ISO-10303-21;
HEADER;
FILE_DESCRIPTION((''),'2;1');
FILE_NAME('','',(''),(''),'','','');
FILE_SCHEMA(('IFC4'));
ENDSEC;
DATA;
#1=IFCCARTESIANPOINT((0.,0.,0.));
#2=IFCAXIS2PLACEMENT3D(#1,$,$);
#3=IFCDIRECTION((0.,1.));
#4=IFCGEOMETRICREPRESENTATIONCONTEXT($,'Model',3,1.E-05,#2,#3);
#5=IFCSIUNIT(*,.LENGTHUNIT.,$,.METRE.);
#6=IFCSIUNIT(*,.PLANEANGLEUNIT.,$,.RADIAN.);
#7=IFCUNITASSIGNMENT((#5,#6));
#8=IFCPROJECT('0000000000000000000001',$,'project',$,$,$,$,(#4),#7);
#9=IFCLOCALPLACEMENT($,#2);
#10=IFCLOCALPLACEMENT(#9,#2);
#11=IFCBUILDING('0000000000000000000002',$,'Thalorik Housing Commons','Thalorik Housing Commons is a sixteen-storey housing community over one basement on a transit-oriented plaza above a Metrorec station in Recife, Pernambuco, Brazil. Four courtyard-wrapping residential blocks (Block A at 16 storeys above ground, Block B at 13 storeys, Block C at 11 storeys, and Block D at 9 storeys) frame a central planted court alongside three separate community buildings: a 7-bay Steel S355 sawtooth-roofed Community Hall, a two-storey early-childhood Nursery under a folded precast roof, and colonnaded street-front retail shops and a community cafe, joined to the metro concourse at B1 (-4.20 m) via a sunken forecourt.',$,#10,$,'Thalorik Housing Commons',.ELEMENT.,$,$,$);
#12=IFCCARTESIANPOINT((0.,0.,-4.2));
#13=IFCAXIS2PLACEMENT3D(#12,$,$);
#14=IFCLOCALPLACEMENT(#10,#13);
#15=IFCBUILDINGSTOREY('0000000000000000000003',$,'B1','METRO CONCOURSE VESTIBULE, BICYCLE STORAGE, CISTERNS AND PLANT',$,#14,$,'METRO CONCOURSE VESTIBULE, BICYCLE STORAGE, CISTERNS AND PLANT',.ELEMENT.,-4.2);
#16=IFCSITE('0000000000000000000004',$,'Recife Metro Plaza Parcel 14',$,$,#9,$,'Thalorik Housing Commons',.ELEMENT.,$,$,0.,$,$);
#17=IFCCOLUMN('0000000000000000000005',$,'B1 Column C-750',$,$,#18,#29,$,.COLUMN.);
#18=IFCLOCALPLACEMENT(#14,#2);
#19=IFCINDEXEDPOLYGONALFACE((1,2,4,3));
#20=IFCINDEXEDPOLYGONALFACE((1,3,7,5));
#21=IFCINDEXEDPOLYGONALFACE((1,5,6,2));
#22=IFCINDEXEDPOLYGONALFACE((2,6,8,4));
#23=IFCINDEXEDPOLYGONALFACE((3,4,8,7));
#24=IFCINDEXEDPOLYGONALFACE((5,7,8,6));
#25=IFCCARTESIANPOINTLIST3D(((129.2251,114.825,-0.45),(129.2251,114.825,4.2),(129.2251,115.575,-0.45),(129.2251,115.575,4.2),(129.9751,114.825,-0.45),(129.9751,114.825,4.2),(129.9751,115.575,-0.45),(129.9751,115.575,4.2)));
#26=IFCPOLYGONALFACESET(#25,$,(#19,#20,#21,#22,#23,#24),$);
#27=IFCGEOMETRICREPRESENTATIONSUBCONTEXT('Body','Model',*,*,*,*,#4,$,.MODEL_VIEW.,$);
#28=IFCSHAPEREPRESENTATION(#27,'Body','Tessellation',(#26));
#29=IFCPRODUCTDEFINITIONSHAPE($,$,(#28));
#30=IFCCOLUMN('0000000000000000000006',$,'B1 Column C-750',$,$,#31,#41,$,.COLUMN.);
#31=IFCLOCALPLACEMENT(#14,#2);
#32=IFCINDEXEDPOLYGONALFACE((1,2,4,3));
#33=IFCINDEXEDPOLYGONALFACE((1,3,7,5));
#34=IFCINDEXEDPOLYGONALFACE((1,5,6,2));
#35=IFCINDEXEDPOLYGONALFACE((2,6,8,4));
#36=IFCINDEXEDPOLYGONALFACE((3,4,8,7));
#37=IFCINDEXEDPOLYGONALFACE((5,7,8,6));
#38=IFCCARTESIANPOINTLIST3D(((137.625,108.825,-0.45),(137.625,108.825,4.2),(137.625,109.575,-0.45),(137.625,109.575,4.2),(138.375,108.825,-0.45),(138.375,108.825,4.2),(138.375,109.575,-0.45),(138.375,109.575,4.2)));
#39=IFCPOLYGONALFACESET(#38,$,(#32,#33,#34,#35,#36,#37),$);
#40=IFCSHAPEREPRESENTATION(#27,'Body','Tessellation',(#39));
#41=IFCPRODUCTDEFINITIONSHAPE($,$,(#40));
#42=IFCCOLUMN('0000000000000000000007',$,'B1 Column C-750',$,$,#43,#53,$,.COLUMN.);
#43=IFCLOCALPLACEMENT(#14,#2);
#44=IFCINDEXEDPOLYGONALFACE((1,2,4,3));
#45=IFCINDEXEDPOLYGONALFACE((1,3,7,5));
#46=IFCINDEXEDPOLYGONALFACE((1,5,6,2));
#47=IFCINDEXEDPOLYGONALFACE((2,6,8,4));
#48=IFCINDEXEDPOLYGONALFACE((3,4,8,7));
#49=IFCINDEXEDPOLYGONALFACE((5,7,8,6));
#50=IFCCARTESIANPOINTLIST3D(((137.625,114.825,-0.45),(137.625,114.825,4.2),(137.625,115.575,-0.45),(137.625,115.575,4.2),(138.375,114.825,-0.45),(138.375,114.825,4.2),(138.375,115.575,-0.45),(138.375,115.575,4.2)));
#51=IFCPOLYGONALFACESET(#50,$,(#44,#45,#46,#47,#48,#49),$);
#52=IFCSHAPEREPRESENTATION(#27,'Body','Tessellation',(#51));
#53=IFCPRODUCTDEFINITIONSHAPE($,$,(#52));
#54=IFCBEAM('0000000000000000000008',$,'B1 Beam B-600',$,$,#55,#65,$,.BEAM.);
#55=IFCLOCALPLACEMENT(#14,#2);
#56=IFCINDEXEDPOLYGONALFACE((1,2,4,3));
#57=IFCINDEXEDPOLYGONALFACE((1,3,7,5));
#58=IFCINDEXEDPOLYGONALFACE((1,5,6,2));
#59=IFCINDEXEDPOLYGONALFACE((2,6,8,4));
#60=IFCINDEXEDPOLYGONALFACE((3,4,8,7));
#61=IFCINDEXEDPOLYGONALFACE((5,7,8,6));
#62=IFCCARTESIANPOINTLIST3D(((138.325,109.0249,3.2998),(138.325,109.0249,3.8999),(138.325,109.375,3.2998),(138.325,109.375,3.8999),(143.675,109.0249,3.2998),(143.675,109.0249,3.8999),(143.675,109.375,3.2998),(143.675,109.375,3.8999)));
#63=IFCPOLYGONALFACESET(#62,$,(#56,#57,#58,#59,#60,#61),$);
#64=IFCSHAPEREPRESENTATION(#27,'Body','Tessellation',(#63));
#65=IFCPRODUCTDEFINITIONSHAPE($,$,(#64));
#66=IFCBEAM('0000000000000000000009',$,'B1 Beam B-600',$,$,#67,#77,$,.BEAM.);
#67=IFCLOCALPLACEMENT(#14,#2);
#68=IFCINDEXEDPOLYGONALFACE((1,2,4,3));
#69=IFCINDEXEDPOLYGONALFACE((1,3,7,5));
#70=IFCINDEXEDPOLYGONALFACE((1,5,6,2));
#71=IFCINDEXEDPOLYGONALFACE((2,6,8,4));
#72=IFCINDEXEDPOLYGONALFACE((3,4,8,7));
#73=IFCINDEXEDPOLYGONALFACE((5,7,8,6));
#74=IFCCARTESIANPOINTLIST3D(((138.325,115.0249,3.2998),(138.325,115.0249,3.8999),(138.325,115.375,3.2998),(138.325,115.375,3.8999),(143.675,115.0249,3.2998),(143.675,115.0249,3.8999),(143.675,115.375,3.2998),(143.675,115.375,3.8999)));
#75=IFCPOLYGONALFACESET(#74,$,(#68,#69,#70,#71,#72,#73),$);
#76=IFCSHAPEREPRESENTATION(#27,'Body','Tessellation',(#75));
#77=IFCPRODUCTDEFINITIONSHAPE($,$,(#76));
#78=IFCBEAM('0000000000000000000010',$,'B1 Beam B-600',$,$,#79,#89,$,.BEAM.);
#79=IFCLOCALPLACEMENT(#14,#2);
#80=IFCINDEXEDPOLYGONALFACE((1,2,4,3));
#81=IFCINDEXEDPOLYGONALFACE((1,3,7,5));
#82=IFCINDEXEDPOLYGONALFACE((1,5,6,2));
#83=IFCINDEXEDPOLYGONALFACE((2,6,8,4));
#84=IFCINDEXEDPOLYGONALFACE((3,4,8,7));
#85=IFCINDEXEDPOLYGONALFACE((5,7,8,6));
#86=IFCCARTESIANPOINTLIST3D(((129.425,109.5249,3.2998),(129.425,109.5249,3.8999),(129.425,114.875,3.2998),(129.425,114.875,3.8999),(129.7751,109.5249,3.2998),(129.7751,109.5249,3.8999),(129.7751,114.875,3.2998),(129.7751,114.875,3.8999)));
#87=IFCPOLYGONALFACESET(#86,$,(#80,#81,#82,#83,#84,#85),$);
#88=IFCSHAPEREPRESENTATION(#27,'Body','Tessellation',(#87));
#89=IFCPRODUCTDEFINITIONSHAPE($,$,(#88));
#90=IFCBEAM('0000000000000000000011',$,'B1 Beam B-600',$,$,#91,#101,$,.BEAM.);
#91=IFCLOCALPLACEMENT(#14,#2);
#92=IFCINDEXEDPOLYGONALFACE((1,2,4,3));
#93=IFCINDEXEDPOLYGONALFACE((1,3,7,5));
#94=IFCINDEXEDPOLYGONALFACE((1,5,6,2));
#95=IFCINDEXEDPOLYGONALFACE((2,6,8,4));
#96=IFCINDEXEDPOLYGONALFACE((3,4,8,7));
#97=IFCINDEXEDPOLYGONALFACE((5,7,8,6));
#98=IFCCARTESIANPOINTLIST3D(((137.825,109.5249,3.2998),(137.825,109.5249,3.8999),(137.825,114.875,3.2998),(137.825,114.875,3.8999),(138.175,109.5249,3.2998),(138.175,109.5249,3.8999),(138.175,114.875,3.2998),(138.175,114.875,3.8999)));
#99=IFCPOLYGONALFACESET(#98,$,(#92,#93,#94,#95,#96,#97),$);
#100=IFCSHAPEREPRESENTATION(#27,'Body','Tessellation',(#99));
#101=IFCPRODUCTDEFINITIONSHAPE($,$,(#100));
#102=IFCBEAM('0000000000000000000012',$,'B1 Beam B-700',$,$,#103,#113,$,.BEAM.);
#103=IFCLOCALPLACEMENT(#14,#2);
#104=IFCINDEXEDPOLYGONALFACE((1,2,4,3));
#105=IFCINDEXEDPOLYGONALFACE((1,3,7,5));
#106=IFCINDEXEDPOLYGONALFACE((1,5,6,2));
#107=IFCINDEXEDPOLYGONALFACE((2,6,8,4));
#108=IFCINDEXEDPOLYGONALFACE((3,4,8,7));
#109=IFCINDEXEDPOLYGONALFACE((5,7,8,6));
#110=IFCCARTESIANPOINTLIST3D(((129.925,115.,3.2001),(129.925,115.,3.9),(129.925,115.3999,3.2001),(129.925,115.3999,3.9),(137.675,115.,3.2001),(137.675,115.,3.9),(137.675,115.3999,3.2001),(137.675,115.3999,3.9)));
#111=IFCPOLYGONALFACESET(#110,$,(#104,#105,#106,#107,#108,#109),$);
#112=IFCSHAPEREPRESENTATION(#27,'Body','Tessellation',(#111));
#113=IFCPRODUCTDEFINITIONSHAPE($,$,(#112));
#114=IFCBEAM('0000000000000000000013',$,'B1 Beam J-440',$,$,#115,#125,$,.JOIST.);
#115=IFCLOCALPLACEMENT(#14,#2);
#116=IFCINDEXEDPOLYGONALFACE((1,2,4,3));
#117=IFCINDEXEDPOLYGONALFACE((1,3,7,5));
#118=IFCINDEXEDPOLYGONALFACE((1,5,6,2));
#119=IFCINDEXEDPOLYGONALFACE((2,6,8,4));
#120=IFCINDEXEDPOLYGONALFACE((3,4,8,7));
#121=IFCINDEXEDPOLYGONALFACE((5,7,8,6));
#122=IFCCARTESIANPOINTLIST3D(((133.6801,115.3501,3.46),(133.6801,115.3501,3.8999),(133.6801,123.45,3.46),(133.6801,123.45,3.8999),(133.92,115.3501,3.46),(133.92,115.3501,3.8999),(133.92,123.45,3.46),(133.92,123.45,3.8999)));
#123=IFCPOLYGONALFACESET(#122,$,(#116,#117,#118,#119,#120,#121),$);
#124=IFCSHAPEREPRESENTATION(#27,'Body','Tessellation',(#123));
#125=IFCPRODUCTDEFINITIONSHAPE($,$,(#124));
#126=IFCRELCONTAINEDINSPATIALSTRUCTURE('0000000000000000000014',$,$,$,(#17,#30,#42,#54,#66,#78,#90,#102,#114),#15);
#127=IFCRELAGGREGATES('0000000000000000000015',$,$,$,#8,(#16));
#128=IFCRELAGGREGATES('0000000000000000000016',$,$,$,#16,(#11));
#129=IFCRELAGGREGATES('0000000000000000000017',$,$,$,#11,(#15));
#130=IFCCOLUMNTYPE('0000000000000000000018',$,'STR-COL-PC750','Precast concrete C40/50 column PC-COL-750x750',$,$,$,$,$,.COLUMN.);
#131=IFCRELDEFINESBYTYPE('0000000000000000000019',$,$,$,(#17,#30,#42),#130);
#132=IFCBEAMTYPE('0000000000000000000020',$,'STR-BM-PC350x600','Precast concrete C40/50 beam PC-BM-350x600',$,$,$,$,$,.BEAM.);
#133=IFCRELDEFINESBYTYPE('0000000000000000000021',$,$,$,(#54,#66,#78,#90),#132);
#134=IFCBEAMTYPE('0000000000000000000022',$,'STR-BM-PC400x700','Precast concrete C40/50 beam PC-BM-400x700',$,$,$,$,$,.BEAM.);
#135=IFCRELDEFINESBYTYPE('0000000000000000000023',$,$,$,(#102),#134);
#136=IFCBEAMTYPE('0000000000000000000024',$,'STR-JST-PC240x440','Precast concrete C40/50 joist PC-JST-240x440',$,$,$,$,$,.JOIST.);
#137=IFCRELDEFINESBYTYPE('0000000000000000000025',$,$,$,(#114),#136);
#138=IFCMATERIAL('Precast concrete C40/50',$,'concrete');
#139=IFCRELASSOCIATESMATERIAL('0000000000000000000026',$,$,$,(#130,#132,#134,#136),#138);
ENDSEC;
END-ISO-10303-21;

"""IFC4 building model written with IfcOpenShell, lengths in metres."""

from ifc_helpers import new_model, si_unit, direction, frame, origin, origin_2d, place, context, subcontext, project, spatial, rectangle, extrude, material, material_profile, profile_set, type_object, element, save


model = new_model("IFC4")

# Units and contexts
model_context = context("Model", 3, precision=1e-05, world=origin(), true_north=direction((0.0, 1.0)))
body_context = subcontext(model_context, "Body", "Model", "MODEL_VIEW")
ifc_project = project(units=[si_unit("LENGTHUNIT", "METRE"), si_unit("PLANEANGLEUNIT", "RADIAN")], contexts=[model_context])

# Site, building, storey
site_placement = place(None, origin())
site = spatial("IfcSite", under=ifc_project, at=site_placement, Name="Recife Metro Plaza Parcel 14", LongName="Thalorik Housing Commons", CompositionType="ELEMENT", RefElevation=0.0)
building_placement = place(site_placement, origin())
building = spatial("IfcBuilding", under=site, at=building_placement, Name="Thalorik Housing Commons", Description="Thalorik Housing Commons is a sixteen-storey housing community over one basement on a transit-oriented plaza above a Metrorec station in Recife, Pernambuco, Brazil. Four courtyard-wrapping residential blocks (Block A at 16 storeys above ground, Block B at 13 storeys, Block C at 11 storeys, and Block D at 9 storeys) frame a central planted court alongside three separate community buildings: a 7-bay Steel S355 sawtooth-roofed Community Hall, a two-storey early-childhood Nursery under a folded precast roof, and colonnaded street-front retail shops and a community cafe, joined to the metro concourse at B1 (-4.20 m) via a sunken forecourt.", LongName="Thalorik Housing Commons", CompositionType="ELEMENT")
storey_placement = place(building_placement, frame((0.0, 0.0, -4.2)))
storey = spatial("IfcBuildingStorey", under=building, at=storey_placement, Name="B1", Description="METRO CONCOURSE VESTIBULE, BICYCLE STORAGE, CISTERNS AND PLANT", LongName="METRO CONCOURSE VESTIBULE, BICYCLE STORAGE, CISTERNS AND PLANT", CompositionType="ELEMENT", Elevation=-4.2)

# Columns
ifc_material_1 = material(Name="Precast concrete C40/50", Category="concrete")
ifc_material_profile_1 = material_profile(ifc_material_1, rectangle(XDim=0.75, YDim=0.75, at=origin_2d()), Name="PC 750x750", Category="concrete")
ifc_profile_set_1 = profile_set([ifc_material_profile_1], Name="Precast concrete C40/50")
column_type = type_object("IfcColumnType", Name="STR-COL-PC750", Description="Precast concrete C40/50 column PC-COL-750x750", PredefinedType="COLUMN", material=ifc_profile_set_1)
for number, where, z_axis, x_axis, name in (
    (1, (129.6001, 115.2, -0.45), (0.0, 0.0, 1.0), (1.0, 0.0, 0.0), "B1 Column C-750"),
    (2, (138.0, 109.2, -0.45), (0.0, 0.0, 1.0), (1.0, 0.0, 0.0), "B1 Column C-750"),
    (3, (138.0, 115.2, -0.45), (0.0, 0.0, 1.0), (1.0, 0.0, 0.0), "B1 Column C-750"),
):
    element("IfcColumn", number, at=place(storey_placement, frame(where, z_axis=z_axis, x_axis=x_axis)), inside=storey, type_object=column_type, Name=name, PredefinedType="COLUMN", context=body_context, shape_type="SweptSolid", body=[
        extrude(rectangle(XDim=0.75, YDim=0.75, at=origin_2d()), origin(), (0.0, 0.0, 1.0), 4.6499),
    ])

# Beams
ifc_material_profile_2 = material_profile(ifc_material_1, rectangle(XDim=0.3501, YDim=0.6001, at=origin_2d()), Name="PC 350x600", Category="concrete")
ifc_profile_set_2 = profile_set([ifc_material_profile_2], Name="Precast concrete C40/50")
beam_type_1 = type_object("IfcBeamType", Name="STR-BM-PC350x600", Description="Precast concrete C40/50 beam PC-BM-350x600", PredefinedType="BEAM", material=ifc_profile_set_2)
for number, where, z_axis, x_axis, name in (
    (4, (138.325, 109.2, 3.5999), (1.0, 0.0, 0.0), (0.0, 1.0, 0.0), "B1 Beam B-600"),
    (5, (138.325, 115.2, 3.5999), (1.0, 0.0, 0.0), (0.0, 1.0, 0.0), "B1 Beam B-600"),
    (6, (129.6001, 109.5249, 3.5999), (0.0, 1.0, 0.0), (-1.0, 0.0, 0.0), "B1 Beam B-600"),
    (7, (138.0, 109.5249, 3.5999), (0.0, 1.0, 0.0), (-1.0, 0.0, 0.0), "B1 Beam B-600"),
):
    element("IfcBeam", number, at=place(storey_placement, frame(where, z_axis=z_axis, x_axis=x_axis)), inside=storey, type_object=beam_type_1, Name=name, PredefinedType="BEAM", context=body_context, shape_type="SweptSolid", body=[
        extrude(rectangle(XDim=0.3501, YDim=0.6001, at=origin_2d()), origin(), (0.0, 0.0, 1.0), 5.3501),
    ])
ifc_material_profile_3 = material_profile(ifc_material_1, rectangle(XDim=0.3999, YDim=0.7, at=origin_2d()), Name="PC 400x700", Category="concrete")
ifc_profile_set_3 = profile_set([ifc_material_profile_3], Name="Precast concrete C40/50")
beam_type_2 = type_object("IfcBeamType", Name="STR-BM-PC400x700", Description="Precast concrete C40/50 beam PC-BM-400x700", PredefinedType="BEAM", material=ifc_profile_set_3)
beam_1_placement = place(storey_placement, frame((129.925, 115.2, 3.55), z_axis=(1.0, 0.0, 0.0), x_axis=(0.0, 1.0, 0.0)))
element("IfcBeam", 8, at=beam_1_placement, inside=storey, type_object=beam_type_2, Name="B1 Beam B-700", PredefinedType="BEAM", context=body_context, shape_type="SweptSolid", body=[
    extrude(rectangle(XDim=0.3999, YDim=0.7, at=origin_2d()), origin(), (0.0, 0.0, 1.0), 7.75),
])
ifc_material_profile_4 = material_profile(ifc_material_1, rectangle(XDim=0.24, YDim=0.4399, at=origin_2d()), Name="PC JST 240x440", Category="concrete")
ifc_profile_set_4 = profile_set([ifc_material_profile_4], Name="Precast concrete C40/50")
beam_type_3 = type_object("IfcBeamType", Name="STR-JST-PC240x440", Description="Precast concrete C40/50 joist PC-JST-240x440", PredefinedType="JOIST", material=ifc_profile_set_4)
beam_2_placement = place(storey_placement, frame((133.8, 115.3501, 3.6799), z_axis=(0.0, 1.0, 0.0), x_axis=(-1.0, 0.0, 0.0)))
element("IfcBeam", 9, at=beam_2_placement, inside=storey, type_object=beam_type_3, Name="B1 Beam J-440", PredefinedType="JOIST", context=body_context, shape_type="SweptSolid", body=[
    extrude(rectangle(XDim=0.24, YDim=0.4399, at=origin_2d()), origin(), (0.0, 0.0, 1.0), 8.0999),
])

save(model, "model.ifc")
